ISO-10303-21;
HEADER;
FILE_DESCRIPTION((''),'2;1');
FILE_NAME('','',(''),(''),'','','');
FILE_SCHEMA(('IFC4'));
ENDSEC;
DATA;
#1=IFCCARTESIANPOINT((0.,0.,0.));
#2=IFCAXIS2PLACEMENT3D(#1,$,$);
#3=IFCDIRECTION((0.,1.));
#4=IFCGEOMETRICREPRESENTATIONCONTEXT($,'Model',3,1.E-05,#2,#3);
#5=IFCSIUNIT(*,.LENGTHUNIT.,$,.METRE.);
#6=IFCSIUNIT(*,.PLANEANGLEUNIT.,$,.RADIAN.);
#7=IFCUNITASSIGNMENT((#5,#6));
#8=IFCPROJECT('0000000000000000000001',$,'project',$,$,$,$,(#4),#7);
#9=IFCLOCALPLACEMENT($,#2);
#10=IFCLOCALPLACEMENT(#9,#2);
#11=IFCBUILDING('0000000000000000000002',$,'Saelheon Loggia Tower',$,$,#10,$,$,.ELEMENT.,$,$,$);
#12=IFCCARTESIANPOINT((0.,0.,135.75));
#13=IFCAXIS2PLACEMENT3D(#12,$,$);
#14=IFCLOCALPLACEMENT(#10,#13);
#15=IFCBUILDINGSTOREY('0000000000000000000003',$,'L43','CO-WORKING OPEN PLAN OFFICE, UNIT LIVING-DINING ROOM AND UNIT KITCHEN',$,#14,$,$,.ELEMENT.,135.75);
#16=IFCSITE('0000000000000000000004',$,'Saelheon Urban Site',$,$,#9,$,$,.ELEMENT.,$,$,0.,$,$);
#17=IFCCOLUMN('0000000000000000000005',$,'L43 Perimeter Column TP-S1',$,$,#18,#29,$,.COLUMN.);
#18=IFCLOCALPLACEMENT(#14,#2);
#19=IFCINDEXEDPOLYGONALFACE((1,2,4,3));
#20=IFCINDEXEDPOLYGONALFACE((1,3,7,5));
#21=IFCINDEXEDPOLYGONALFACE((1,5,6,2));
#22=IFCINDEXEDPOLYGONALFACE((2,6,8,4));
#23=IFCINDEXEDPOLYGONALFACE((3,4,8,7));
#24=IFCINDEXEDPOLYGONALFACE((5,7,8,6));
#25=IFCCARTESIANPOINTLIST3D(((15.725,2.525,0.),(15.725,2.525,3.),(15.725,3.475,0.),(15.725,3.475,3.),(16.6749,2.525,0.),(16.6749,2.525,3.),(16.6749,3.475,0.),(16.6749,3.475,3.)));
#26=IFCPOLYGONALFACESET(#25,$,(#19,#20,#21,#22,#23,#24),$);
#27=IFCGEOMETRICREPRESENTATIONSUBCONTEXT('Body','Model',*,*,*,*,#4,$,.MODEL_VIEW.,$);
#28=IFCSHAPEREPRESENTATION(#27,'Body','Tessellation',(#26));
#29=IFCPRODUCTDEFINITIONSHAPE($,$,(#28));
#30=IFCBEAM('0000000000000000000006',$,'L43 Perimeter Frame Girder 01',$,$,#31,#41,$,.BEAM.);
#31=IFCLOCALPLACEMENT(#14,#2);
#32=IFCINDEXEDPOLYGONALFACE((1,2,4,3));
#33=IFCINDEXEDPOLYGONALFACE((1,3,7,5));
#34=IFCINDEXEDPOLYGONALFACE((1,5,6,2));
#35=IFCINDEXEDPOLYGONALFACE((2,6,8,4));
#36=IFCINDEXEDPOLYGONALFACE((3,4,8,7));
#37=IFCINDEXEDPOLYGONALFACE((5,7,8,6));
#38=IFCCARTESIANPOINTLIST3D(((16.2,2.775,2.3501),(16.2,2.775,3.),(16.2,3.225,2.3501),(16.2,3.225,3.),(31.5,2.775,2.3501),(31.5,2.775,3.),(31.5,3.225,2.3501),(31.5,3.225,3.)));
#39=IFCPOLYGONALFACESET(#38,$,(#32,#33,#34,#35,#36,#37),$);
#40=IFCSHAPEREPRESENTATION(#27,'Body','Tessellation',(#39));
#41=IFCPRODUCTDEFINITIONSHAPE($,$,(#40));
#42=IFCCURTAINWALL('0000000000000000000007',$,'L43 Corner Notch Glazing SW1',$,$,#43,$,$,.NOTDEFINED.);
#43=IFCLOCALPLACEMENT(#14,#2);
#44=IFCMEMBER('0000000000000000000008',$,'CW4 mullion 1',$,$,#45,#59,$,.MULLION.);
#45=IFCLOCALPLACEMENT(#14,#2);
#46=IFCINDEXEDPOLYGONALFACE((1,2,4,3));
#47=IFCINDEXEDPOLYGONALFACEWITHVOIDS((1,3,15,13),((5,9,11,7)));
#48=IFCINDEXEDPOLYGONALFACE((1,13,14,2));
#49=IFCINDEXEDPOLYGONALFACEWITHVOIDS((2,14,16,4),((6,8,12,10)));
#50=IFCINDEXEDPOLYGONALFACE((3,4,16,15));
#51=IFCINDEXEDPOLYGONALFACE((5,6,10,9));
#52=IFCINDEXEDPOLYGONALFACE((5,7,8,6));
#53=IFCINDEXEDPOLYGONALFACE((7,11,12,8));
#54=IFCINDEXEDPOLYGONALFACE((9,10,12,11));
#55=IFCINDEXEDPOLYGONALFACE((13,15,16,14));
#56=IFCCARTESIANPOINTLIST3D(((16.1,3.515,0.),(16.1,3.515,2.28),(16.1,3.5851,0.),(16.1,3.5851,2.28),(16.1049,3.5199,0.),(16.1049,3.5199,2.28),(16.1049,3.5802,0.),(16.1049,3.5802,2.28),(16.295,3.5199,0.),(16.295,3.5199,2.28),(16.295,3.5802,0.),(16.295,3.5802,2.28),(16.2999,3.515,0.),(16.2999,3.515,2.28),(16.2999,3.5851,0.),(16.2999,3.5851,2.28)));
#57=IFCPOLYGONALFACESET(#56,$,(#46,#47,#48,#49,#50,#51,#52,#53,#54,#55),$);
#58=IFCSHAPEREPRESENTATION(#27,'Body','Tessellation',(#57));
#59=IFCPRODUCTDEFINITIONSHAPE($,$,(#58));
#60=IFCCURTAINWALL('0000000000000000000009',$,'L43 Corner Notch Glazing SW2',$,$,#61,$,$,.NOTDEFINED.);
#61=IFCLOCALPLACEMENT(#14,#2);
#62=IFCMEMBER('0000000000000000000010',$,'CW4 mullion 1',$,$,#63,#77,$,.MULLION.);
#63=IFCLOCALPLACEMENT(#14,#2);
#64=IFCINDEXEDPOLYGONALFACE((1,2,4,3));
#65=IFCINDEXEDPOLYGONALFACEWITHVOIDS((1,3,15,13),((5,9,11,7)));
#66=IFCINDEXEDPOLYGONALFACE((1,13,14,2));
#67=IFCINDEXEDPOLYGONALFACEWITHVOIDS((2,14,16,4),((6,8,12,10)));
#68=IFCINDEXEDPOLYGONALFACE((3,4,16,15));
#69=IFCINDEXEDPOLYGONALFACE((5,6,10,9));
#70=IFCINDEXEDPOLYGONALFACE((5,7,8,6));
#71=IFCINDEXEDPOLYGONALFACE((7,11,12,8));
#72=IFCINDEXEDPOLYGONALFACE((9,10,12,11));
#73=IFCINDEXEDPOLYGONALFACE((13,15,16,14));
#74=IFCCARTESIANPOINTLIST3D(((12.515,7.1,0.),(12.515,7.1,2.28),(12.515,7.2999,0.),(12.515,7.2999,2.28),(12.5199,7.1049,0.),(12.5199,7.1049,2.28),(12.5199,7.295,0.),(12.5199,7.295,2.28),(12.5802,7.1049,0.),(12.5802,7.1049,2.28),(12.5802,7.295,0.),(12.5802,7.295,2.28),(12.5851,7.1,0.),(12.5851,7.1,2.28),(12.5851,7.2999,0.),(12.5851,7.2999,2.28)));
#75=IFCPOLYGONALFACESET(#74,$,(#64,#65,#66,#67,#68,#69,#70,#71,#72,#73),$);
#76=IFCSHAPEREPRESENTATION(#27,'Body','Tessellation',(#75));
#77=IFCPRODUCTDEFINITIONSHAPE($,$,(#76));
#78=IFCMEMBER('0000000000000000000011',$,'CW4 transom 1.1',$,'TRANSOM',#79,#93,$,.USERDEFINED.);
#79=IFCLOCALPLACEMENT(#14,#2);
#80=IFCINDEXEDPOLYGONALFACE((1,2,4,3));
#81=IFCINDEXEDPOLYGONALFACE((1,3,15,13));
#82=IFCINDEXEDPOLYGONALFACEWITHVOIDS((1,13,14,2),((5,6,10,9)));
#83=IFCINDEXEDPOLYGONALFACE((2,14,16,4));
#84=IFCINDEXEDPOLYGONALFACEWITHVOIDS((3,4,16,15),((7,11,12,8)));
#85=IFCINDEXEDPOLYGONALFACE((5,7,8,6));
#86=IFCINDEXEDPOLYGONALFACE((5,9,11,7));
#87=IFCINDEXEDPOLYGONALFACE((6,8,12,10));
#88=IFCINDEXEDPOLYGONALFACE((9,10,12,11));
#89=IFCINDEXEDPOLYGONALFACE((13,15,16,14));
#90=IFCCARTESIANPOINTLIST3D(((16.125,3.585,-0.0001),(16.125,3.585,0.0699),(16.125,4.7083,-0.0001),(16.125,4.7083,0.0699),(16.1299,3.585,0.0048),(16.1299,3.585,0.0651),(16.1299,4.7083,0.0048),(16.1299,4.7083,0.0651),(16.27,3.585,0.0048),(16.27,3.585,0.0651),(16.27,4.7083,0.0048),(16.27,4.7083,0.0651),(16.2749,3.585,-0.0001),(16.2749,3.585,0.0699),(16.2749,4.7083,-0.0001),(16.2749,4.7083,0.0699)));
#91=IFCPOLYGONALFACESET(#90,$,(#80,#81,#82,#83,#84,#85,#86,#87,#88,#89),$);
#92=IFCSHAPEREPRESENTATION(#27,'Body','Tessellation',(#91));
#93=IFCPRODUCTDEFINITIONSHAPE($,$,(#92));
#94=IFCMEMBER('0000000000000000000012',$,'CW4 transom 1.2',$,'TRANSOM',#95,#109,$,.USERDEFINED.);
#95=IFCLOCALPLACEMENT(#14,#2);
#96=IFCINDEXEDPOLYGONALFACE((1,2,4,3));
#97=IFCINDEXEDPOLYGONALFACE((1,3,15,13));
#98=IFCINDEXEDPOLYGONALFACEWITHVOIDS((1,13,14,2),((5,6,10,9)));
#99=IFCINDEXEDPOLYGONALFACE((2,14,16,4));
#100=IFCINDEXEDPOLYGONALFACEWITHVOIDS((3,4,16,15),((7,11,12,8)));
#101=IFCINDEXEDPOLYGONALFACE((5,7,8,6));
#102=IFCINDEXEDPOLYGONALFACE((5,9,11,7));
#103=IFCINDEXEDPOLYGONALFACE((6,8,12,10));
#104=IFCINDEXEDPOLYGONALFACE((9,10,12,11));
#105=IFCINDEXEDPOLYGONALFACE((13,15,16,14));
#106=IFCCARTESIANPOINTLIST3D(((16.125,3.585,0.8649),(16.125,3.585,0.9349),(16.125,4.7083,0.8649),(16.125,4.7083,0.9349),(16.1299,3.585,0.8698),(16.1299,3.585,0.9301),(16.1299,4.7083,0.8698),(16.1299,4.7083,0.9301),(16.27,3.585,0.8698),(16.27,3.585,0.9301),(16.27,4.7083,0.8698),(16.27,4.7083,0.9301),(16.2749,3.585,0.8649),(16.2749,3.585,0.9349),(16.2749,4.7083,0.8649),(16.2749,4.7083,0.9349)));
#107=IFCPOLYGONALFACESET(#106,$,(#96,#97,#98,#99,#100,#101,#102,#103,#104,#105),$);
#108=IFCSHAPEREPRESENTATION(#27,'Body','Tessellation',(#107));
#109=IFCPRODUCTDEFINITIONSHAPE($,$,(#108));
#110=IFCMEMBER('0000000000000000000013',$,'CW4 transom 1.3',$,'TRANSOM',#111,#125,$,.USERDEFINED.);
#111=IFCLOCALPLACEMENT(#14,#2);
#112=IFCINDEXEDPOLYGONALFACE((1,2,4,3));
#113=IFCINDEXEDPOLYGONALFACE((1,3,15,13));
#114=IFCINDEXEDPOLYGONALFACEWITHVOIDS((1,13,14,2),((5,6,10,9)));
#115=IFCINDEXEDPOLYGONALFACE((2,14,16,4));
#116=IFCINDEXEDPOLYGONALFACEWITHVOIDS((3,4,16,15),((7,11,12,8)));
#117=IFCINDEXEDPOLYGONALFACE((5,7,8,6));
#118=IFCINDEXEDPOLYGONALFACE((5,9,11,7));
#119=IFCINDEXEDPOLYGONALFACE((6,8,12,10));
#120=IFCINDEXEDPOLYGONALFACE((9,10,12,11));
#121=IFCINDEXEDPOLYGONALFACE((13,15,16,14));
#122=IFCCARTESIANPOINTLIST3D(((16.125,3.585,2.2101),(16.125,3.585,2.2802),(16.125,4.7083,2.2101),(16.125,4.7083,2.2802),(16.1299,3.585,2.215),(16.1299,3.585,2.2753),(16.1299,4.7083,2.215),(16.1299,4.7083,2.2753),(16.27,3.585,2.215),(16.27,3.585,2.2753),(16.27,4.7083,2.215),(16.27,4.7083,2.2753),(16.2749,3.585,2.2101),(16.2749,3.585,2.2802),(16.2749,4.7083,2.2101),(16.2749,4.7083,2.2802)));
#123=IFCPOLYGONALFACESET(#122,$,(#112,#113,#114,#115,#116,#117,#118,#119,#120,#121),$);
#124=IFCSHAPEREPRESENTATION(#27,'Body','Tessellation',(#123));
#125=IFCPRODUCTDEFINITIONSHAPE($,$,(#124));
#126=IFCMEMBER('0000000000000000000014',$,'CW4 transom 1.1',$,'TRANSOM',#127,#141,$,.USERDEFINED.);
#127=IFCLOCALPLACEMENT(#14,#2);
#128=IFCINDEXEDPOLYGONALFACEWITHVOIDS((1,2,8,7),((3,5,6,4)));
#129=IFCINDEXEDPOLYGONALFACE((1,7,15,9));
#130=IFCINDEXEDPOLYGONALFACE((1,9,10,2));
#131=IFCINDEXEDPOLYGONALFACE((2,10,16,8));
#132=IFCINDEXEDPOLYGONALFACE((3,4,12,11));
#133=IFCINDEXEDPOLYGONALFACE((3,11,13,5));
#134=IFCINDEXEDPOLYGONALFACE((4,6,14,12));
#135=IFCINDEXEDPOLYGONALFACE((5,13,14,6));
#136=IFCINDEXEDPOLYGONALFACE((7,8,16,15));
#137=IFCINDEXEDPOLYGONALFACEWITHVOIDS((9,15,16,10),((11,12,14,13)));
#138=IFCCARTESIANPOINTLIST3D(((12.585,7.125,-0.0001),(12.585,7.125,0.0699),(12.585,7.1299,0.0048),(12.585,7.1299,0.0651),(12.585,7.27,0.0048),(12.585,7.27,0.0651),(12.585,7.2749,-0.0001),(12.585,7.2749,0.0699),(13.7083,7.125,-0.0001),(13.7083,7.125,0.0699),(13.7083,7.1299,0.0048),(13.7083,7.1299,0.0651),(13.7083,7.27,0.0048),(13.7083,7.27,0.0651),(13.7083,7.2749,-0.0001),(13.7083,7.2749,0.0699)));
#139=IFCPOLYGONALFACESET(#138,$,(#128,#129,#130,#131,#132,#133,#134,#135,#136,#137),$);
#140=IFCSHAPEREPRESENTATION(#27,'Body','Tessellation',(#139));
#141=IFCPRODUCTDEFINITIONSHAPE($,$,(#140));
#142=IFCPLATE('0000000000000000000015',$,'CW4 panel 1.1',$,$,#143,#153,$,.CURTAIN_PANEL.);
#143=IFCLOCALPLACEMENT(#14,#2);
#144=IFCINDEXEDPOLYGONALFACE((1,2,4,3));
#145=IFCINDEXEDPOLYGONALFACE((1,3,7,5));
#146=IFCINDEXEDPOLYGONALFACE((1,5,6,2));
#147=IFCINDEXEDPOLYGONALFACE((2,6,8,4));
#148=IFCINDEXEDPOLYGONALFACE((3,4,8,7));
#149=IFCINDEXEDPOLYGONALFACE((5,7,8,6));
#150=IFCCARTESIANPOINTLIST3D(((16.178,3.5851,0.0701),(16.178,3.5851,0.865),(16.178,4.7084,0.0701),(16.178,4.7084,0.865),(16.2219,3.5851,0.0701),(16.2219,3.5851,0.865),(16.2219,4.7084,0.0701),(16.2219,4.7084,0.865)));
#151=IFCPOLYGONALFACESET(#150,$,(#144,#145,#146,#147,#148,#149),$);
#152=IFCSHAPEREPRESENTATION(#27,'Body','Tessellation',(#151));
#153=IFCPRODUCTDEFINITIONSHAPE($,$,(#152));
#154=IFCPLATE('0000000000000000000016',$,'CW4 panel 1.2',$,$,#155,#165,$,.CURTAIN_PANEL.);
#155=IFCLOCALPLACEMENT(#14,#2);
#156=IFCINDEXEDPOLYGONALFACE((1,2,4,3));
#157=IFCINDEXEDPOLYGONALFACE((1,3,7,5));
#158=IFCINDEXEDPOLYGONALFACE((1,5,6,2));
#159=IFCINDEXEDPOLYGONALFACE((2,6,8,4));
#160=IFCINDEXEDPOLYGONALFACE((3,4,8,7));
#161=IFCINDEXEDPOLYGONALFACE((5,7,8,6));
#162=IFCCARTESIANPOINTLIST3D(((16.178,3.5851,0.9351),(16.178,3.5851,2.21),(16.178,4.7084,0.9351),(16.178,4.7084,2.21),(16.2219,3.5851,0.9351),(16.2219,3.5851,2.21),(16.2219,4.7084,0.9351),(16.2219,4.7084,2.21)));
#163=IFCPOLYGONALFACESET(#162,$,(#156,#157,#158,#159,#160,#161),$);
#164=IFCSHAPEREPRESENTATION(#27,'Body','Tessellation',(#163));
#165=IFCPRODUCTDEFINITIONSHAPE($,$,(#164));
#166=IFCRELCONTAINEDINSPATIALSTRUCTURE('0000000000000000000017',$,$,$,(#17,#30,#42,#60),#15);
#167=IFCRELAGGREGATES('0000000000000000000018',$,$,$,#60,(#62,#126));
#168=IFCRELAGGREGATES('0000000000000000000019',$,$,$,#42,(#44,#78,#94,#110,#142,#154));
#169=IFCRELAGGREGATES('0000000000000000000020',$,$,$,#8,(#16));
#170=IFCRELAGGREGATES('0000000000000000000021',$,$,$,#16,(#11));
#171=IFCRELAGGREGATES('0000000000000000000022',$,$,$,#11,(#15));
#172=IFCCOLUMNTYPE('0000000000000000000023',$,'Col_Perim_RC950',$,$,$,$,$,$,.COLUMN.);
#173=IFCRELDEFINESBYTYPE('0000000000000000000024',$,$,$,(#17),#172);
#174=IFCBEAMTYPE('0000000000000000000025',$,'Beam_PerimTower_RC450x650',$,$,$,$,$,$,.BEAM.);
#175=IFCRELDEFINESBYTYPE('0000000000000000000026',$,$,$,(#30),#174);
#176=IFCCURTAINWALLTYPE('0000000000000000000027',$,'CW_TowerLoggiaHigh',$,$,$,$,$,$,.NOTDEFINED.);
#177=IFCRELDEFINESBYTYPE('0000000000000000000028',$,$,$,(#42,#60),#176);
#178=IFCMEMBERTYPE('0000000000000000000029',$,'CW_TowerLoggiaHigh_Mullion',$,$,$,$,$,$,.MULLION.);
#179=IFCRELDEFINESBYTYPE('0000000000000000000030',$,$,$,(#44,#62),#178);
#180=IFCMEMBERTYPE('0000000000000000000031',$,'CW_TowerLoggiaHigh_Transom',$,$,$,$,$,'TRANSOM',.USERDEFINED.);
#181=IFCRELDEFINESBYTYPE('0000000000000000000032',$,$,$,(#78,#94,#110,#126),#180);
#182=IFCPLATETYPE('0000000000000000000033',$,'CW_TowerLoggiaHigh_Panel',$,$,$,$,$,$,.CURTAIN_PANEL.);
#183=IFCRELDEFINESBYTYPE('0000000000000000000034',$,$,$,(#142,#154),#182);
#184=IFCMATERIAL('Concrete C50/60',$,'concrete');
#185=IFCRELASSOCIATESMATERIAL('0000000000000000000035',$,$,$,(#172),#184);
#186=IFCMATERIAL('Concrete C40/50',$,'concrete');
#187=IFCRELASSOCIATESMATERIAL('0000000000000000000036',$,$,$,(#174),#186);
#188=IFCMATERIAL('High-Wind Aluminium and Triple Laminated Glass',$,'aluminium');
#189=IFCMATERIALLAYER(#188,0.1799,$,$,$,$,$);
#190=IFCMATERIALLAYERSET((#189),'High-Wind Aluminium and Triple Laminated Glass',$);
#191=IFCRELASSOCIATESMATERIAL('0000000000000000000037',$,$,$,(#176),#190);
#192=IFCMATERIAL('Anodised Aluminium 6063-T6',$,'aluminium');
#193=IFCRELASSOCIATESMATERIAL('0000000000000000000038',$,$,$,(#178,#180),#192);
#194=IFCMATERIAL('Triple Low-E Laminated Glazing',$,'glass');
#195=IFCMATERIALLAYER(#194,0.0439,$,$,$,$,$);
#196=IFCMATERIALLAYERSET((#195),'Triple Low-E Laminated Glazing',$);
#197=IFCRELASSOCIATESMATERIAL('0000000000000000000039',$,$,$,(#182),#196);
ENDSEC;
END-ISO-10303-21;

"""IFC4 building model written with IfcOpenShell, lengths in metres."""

from ifc_helpers import new_model, si_unit, direction, frame, origin, origin_2d, place, context, subcontext, project, spatial, rectangle, hollow_rectangle, extrude, source, transform, mapped, material, layer, layer_set, material_profile, profile_set, type_object, element, aggregate, save


model = new_model("IFC4")

# Units and contexts
model_context = context("Model", 3, precision=1e-05, world=origin(), true_north=direction((0.0, 1.0)))
body_context = subcontext(model_context, "Body", "Model", "MODEL_VIEW")
ifc_project = project(units=[si_unit("LENGTHUNIT", "METRE"), si_unit("PLANEANGLEUNIT", "RADIAN")], contexts=[model_context])

# Site, building, storey
site_placement = place(None, origin())
site = spatial("IfcSite", under=ifc_project, at=site_placement, Name="Saelheon Urban Site", CompositionType="ELEMENT", RefElevation=0.0)
building_placement = place(site_placement, origin())
building = spatial("IfcBuilding", under=site, at=building_placement, Name="Saelheon Loggia Tower", CompositionType="ELEMENT")
storey_placement = place(building_placement, frame((0.0, 0.0, 135.75)))
storey = spatial("IfcBuildingStorey", under=building, at=storey_placement, Name="L43", Description="CO-WORKING OPEN PLAN OFFICE, UNIT LIVING-DINING ROOM AND UNIT KITCHEN", CompositionType="ELEMENT", Elevation=135.75)

# Column
ifc_material_1 = material(Name="Concrete C50/60", Category="concrete")
ifc_material_profile_1 = material_profile(ifc_material_1, rectangle(XDim=0.95, YDim=0.95, at=origin_2d()), Name="RC-950x950")
ifc_profile_set_1 = profile_set([ifc_material_profile_1], Name="Concrete C50/60")
column_type = type_object("IfcColumnType", Name="Col_Perim_RC950", PredefinedType="COLUMN", material=ifc_profile_set_1)
shared_shape_1 = source(origin(), body_context, "Body", "SweptSolid", [
    extrude(rectangle(XDim=0.95, YDim=0.95, at=origin_2d()), origin(), (0.0, 0.0, 1.0), 3.0),
])
column_placement = place(storey_placement, frame((16.2, 3.0, 0.0), z_axis=(0.0, 0.0, 1.0), x_axis=(1.0, 0.0, 0.0)))
element("IfcColumn", 1, at=column_placement, inside=storey, type_object=column_type, Name="L43 Perimeter Column TP-S1", PredefinedType="COLUMN", context=body_context, shape_type="MappedRepresentation", body=[
    mapped(shared_shape_1, transform((0.0, 0.0, 0.0), scale=1.0)),
])

# Beam
ifc_material_2 = material(Name="Concrete C40/50", Category="concrete")
ifc_material_profile_2 = material_profile(ifc_material_2, rectangle(XDim=0.45, YDim=0.6499, at=origin_2d()), Name="RC-450x650")
ifc_profile_set_2 = profile_set([ifc_material_profile_2], Name="Concrete C40/50")
beam_type = type_object("IfcBeamType", Name="Beam_PerimTower_RC450x650", PredefinedType="BEAM", material=ifc_profile_set_2)
shared_shape_2 = source(origin(), body_context, "Body", "SweptSolid", [
    extrude(rectangle(XDim=0.45, YDim=0.6499, at=origin_2d()), origin(), (0.0, 0.0, 1.0), 15.3),
])
beam_placement = place(storey_placement, frame((16.2, 3.0, 2.675), z_axis=(1.0, 0.0, 0.0), x_axis=(0.0, 1.0, 0.0)))
element("IfcBeam", 2, at=beam_placement, inside=storey, type_object=beam_type, Name="L43 Perimeter Frame Girder 01", PredefinedType="BEAM", context=body_context, shape_type="MappedRepresentation", body=[
    mapped(shared_shape_2, transform((0.0, 0.0, 0.0), scale=1.0)),
])

# Curtain walls, members
ifc_material_3 = material(Name="High-Wind Aluminium and Triple Laminated Glass", Category="aluminium")
ifc_layer_1 = layer(ifc_material_3, 0.1799)
ifc_layer_set_1 = layer_set([ifc_layer_1], Name="High-Wind Aluminium and Triple Laminated Glass")
curtain_wall_type = type_object("IfcCurtainWallType", Name="CW_TowerLoggiaHigh", PredefinedType="NOTDEFINED", material=ifc_layer_set_1)
curtain_wall_1_placement = place(storey_placement, origin())
curtain_wall_1 = element("IfcCurtainWall", 3, at=curtain_wall_1_placement, inside=storey, type_object=curtain_wall_type, Name="L43 Corner Notch Glazing SW1", PredefinedType="NOTDEFINED")
ifc_material_4 = material(Name="Anodised Aluminium 6063-T6", Category="aluminium")
ifc_material_profile_3 = material_profile(ifc_material_4, hollow_rectangle(XDim=0.0701, YDim=0.2, WallThickness=0.0049, at=origin_2d()), Name="RHS-200x70x5")
ifc_profile_set_3 = profile_set([ifc_material_profile_3], Name="Anodised Aluminium 6063-T6")
member_type_1 = type_object("IfcMemberType", Name="CW_TowerLoggiaHigh_Mullion", PredefinedType="MULLION", material=ifc_profile_set_3)
shared_shape_3 = source(origin(), body_context, "Body", "SweptSolid", [
    extrude(hollow_rectangle(XDim=0.0701, YDim=0.2, WallThickness=0.0049, at=origin_2d()), origin(), (0.0, 0.0, 1.0), 2.28),
])
member_1_placement = place(storey_placement, frame((16.2, 3.55, 0.0), z_axis=(0.0, 0.0, 1.0), x_axis=(0.0, 1.0, 0.0)))
member_1 = element("IfcMember", 4, at=member_1_placement, type_object=member_type_1, Name="CW4 mullion 1", PredefinedType="MULLION", context=body_context, shape_type="MappedRepresentation", body=[
    mapped(shared_shape_3, transform((0.0, 0.0, 0.0), scale=1.0)),
])
curtain_wall_2_placement = place(storey_placement, origin())
curtain_wall_2 = element("IfcCurtainWall", 5, at=curtain_wall_2_placement, inside=storey, type_object=curtain_wall_type, Name="L43 Corner Notch Glazing SW2", PredefinedType="NOTDEFINED")
member_2_placement = place(storey_placement, frame((12.55, 7.2, 0.0), z_axis=(0.0, 0.0, 1.0), x_axis=(1.0, 0.0, 0.0)))
member_2 = element("IfcMember", 6, at=member_2_placement, type_object=member_type_1, Name="CW4 mullion 1", PredefinedType="MULLION", context=body_context, shape_type="MappedRepresentation", body=[
    mapped(shared_shape_3, transform((0.0, 0.0, 0.0), scale=1.0)),
])

# Members
ifc_material_profile_4 = material_profile(ifc_material_4, hollow_rectangle(XDim=0.0701, YDim=0.1499, WallThickness=0.0049, at=origin_2d()), Name="RHS-150x70x5")
ifc_profile_set_4 = profile_set([ifc_material_profile_4], Name="Anodised Aluminium 6063-T6")
member_type_2 = type_object("IfcMemberType", Name="CW_TowerLoggiaHigh_Transom", ElementType="TRANSOM", PredefinedType="USERDEFINED", material=ifc_profile_set_4)
shared_shape_4 = source(origin(), body_context, "Body", "SweptSolid", [
    extrude(hollow_rectangle(XDim=0.0701, YDim=0.1499, WallThickness=0.0049, at=origin_2d()), origin(), (0.0, 0.0, 1.0), 1.1233),
])
member_3_placement = place(storey_placement, frame((16.2, 3.585, 0.0349), z_axis=(0.0, 1.0, 0.0), x_axis=(0.0, 0.0, 1.0)))
member_3 = element("IfcMember", 7, at=member_3_placement, type_object=member_type_2, Name="CW4 transom 1.1", ObjectType="TRANSOM", PredefinedType="USERDEFINED", context=body_context, shape_type="MappedRepresentation", body=[
    mapped(shared_shape_4, transform((0.0, 0.0, 0.0), scale=1.0)),
])
member_4_placement = place(storey_placement, frame((16.2, 3.585, 0.8999), z_axis=(0.0, 1.0, 0.0), x_axis=(0.0, 0.0, 1.0)))
member_4 = element("IfcMember", 8, at=member_4_placement, type_object=member_type_2, Name="CW4 transom 1.2", ObjectType="TRANSOM", PredefinedType="USERDEFINED", context=body_context, shape_type="MappedRepresentation", body=[
    mapped(shared_shape_4, transform((0.0, 0.0, 0.0), scale=1.0)),
])
member_5_placement = place(storey_placement, frame((16.2, 3.585, 2.2451), z_axis=(0.0, 1.0, 0.0), x_axis=(0.0, 0.0, 1.0)))
member_5 = element("IfcMember", 9, at=member_5_placement, type_object=member_type_2, Name="CW4 transom 1.3", ObjectType="TRANSOM", PredefinedType="USERDEFINED", context=body_context, shape_type="MappedRepresentation", body=[
    mapped(shared_shape_4, transform((0.0, 0.0, 0.0), scale=1.0)),
])
member_6_placement = place(storey_placement, frame((12.585, 7.2, 0.0349), z_axis=(1.0, 0.0, 0.0), x_axis=(0.0, 0.0, 1.0)))
member_6 = element("IfcMember", 10, at=member_6_placement, type_object=member_type_2, Name="CW4 transom 1.1", ObjectType="TRANSOM", PredefinedType="USERDEFINED", context=body_context, shape_type="MappedRepresentation", body=[
    mapped(shared_shape_4, transform((0.0, 0.0, 0.0), scale=1.0)),
])
aggregate(curtain_wall_2, [member_2, member_6])

# Plates
ifc_material_5 = material(Name="Triple Low-E Laminated Glazing", Category="glass")
ifc_layer_2 = layer(ifc_material_5, 0.0439)
ifc_layer_set_2 = layer_set([ifc_layer_2], Name="Triple Low-E Laminated Glazing")
plate_type = type_object("IfcPlateType", Name="CW_TowerLoggiaHigh_Panel", PredefinedType="CURTAIN_PANEL", material=ifc_layer_set_2)
shared_shape_5 = source(origin(), body_context, "Body", "SweptSolid", [
    extrude(rectangle(XDim=1.1233, YDim=0.0439, at=origin_2d()), origin(), (0.0, 0.0, 1.0), 0.7949),
])
plate_1_placement = place(storey_placement, frame((16.2, 4.1467, 0.0701), z_axis=(0.0, 0.0, 1.0), x_axis=(0.0, 1.0, 0.0)))
plate_1 = element("IfcPlate", 11, at=plate_1_placement, type_object=plate_type, Name="CW4 panel 1.1", PredefinedType="CURTAIN_PANEL", context=body_context, shape_type="MappedRepresentation", body=[
    mapped(shared_shape_5, transform((0.0, 0.0, 0.0), scale=1.0)),
])
shared_shape_6 = source(origin(), body_context, "Body", "SweptSolid", [
    extrude(rectangle(XDim=1.1233, YDim=0.0439, at=origin_2d()), origin(), (0.0, 0.0, 1.0), 1.2749),
])
plate_2_placement = place(storey_placement, frame((16.2, 4.1467, 0.9351), z_axis=(0.0, 0.0, 1.0), x_axis=(0.0, 1.0, 0.0)))
plate_2 = element("IfcPlate", 12, at=plate_2_placement, type_object=plate_type, Name="CW4 panel 1.2", PredefinedType="CURTAIN_PANEL", context=body_context, shape_type="MappedRepresentation", body=[
    mapped(shared_shape_6, transform((0.0, 0.0, 0.0), scale=1.0)),
])
aggregate(curtain_wall_1, [member_1, member_3, member_4, member_5, plate_1, plate_2])

save(model, "model.ifc")
